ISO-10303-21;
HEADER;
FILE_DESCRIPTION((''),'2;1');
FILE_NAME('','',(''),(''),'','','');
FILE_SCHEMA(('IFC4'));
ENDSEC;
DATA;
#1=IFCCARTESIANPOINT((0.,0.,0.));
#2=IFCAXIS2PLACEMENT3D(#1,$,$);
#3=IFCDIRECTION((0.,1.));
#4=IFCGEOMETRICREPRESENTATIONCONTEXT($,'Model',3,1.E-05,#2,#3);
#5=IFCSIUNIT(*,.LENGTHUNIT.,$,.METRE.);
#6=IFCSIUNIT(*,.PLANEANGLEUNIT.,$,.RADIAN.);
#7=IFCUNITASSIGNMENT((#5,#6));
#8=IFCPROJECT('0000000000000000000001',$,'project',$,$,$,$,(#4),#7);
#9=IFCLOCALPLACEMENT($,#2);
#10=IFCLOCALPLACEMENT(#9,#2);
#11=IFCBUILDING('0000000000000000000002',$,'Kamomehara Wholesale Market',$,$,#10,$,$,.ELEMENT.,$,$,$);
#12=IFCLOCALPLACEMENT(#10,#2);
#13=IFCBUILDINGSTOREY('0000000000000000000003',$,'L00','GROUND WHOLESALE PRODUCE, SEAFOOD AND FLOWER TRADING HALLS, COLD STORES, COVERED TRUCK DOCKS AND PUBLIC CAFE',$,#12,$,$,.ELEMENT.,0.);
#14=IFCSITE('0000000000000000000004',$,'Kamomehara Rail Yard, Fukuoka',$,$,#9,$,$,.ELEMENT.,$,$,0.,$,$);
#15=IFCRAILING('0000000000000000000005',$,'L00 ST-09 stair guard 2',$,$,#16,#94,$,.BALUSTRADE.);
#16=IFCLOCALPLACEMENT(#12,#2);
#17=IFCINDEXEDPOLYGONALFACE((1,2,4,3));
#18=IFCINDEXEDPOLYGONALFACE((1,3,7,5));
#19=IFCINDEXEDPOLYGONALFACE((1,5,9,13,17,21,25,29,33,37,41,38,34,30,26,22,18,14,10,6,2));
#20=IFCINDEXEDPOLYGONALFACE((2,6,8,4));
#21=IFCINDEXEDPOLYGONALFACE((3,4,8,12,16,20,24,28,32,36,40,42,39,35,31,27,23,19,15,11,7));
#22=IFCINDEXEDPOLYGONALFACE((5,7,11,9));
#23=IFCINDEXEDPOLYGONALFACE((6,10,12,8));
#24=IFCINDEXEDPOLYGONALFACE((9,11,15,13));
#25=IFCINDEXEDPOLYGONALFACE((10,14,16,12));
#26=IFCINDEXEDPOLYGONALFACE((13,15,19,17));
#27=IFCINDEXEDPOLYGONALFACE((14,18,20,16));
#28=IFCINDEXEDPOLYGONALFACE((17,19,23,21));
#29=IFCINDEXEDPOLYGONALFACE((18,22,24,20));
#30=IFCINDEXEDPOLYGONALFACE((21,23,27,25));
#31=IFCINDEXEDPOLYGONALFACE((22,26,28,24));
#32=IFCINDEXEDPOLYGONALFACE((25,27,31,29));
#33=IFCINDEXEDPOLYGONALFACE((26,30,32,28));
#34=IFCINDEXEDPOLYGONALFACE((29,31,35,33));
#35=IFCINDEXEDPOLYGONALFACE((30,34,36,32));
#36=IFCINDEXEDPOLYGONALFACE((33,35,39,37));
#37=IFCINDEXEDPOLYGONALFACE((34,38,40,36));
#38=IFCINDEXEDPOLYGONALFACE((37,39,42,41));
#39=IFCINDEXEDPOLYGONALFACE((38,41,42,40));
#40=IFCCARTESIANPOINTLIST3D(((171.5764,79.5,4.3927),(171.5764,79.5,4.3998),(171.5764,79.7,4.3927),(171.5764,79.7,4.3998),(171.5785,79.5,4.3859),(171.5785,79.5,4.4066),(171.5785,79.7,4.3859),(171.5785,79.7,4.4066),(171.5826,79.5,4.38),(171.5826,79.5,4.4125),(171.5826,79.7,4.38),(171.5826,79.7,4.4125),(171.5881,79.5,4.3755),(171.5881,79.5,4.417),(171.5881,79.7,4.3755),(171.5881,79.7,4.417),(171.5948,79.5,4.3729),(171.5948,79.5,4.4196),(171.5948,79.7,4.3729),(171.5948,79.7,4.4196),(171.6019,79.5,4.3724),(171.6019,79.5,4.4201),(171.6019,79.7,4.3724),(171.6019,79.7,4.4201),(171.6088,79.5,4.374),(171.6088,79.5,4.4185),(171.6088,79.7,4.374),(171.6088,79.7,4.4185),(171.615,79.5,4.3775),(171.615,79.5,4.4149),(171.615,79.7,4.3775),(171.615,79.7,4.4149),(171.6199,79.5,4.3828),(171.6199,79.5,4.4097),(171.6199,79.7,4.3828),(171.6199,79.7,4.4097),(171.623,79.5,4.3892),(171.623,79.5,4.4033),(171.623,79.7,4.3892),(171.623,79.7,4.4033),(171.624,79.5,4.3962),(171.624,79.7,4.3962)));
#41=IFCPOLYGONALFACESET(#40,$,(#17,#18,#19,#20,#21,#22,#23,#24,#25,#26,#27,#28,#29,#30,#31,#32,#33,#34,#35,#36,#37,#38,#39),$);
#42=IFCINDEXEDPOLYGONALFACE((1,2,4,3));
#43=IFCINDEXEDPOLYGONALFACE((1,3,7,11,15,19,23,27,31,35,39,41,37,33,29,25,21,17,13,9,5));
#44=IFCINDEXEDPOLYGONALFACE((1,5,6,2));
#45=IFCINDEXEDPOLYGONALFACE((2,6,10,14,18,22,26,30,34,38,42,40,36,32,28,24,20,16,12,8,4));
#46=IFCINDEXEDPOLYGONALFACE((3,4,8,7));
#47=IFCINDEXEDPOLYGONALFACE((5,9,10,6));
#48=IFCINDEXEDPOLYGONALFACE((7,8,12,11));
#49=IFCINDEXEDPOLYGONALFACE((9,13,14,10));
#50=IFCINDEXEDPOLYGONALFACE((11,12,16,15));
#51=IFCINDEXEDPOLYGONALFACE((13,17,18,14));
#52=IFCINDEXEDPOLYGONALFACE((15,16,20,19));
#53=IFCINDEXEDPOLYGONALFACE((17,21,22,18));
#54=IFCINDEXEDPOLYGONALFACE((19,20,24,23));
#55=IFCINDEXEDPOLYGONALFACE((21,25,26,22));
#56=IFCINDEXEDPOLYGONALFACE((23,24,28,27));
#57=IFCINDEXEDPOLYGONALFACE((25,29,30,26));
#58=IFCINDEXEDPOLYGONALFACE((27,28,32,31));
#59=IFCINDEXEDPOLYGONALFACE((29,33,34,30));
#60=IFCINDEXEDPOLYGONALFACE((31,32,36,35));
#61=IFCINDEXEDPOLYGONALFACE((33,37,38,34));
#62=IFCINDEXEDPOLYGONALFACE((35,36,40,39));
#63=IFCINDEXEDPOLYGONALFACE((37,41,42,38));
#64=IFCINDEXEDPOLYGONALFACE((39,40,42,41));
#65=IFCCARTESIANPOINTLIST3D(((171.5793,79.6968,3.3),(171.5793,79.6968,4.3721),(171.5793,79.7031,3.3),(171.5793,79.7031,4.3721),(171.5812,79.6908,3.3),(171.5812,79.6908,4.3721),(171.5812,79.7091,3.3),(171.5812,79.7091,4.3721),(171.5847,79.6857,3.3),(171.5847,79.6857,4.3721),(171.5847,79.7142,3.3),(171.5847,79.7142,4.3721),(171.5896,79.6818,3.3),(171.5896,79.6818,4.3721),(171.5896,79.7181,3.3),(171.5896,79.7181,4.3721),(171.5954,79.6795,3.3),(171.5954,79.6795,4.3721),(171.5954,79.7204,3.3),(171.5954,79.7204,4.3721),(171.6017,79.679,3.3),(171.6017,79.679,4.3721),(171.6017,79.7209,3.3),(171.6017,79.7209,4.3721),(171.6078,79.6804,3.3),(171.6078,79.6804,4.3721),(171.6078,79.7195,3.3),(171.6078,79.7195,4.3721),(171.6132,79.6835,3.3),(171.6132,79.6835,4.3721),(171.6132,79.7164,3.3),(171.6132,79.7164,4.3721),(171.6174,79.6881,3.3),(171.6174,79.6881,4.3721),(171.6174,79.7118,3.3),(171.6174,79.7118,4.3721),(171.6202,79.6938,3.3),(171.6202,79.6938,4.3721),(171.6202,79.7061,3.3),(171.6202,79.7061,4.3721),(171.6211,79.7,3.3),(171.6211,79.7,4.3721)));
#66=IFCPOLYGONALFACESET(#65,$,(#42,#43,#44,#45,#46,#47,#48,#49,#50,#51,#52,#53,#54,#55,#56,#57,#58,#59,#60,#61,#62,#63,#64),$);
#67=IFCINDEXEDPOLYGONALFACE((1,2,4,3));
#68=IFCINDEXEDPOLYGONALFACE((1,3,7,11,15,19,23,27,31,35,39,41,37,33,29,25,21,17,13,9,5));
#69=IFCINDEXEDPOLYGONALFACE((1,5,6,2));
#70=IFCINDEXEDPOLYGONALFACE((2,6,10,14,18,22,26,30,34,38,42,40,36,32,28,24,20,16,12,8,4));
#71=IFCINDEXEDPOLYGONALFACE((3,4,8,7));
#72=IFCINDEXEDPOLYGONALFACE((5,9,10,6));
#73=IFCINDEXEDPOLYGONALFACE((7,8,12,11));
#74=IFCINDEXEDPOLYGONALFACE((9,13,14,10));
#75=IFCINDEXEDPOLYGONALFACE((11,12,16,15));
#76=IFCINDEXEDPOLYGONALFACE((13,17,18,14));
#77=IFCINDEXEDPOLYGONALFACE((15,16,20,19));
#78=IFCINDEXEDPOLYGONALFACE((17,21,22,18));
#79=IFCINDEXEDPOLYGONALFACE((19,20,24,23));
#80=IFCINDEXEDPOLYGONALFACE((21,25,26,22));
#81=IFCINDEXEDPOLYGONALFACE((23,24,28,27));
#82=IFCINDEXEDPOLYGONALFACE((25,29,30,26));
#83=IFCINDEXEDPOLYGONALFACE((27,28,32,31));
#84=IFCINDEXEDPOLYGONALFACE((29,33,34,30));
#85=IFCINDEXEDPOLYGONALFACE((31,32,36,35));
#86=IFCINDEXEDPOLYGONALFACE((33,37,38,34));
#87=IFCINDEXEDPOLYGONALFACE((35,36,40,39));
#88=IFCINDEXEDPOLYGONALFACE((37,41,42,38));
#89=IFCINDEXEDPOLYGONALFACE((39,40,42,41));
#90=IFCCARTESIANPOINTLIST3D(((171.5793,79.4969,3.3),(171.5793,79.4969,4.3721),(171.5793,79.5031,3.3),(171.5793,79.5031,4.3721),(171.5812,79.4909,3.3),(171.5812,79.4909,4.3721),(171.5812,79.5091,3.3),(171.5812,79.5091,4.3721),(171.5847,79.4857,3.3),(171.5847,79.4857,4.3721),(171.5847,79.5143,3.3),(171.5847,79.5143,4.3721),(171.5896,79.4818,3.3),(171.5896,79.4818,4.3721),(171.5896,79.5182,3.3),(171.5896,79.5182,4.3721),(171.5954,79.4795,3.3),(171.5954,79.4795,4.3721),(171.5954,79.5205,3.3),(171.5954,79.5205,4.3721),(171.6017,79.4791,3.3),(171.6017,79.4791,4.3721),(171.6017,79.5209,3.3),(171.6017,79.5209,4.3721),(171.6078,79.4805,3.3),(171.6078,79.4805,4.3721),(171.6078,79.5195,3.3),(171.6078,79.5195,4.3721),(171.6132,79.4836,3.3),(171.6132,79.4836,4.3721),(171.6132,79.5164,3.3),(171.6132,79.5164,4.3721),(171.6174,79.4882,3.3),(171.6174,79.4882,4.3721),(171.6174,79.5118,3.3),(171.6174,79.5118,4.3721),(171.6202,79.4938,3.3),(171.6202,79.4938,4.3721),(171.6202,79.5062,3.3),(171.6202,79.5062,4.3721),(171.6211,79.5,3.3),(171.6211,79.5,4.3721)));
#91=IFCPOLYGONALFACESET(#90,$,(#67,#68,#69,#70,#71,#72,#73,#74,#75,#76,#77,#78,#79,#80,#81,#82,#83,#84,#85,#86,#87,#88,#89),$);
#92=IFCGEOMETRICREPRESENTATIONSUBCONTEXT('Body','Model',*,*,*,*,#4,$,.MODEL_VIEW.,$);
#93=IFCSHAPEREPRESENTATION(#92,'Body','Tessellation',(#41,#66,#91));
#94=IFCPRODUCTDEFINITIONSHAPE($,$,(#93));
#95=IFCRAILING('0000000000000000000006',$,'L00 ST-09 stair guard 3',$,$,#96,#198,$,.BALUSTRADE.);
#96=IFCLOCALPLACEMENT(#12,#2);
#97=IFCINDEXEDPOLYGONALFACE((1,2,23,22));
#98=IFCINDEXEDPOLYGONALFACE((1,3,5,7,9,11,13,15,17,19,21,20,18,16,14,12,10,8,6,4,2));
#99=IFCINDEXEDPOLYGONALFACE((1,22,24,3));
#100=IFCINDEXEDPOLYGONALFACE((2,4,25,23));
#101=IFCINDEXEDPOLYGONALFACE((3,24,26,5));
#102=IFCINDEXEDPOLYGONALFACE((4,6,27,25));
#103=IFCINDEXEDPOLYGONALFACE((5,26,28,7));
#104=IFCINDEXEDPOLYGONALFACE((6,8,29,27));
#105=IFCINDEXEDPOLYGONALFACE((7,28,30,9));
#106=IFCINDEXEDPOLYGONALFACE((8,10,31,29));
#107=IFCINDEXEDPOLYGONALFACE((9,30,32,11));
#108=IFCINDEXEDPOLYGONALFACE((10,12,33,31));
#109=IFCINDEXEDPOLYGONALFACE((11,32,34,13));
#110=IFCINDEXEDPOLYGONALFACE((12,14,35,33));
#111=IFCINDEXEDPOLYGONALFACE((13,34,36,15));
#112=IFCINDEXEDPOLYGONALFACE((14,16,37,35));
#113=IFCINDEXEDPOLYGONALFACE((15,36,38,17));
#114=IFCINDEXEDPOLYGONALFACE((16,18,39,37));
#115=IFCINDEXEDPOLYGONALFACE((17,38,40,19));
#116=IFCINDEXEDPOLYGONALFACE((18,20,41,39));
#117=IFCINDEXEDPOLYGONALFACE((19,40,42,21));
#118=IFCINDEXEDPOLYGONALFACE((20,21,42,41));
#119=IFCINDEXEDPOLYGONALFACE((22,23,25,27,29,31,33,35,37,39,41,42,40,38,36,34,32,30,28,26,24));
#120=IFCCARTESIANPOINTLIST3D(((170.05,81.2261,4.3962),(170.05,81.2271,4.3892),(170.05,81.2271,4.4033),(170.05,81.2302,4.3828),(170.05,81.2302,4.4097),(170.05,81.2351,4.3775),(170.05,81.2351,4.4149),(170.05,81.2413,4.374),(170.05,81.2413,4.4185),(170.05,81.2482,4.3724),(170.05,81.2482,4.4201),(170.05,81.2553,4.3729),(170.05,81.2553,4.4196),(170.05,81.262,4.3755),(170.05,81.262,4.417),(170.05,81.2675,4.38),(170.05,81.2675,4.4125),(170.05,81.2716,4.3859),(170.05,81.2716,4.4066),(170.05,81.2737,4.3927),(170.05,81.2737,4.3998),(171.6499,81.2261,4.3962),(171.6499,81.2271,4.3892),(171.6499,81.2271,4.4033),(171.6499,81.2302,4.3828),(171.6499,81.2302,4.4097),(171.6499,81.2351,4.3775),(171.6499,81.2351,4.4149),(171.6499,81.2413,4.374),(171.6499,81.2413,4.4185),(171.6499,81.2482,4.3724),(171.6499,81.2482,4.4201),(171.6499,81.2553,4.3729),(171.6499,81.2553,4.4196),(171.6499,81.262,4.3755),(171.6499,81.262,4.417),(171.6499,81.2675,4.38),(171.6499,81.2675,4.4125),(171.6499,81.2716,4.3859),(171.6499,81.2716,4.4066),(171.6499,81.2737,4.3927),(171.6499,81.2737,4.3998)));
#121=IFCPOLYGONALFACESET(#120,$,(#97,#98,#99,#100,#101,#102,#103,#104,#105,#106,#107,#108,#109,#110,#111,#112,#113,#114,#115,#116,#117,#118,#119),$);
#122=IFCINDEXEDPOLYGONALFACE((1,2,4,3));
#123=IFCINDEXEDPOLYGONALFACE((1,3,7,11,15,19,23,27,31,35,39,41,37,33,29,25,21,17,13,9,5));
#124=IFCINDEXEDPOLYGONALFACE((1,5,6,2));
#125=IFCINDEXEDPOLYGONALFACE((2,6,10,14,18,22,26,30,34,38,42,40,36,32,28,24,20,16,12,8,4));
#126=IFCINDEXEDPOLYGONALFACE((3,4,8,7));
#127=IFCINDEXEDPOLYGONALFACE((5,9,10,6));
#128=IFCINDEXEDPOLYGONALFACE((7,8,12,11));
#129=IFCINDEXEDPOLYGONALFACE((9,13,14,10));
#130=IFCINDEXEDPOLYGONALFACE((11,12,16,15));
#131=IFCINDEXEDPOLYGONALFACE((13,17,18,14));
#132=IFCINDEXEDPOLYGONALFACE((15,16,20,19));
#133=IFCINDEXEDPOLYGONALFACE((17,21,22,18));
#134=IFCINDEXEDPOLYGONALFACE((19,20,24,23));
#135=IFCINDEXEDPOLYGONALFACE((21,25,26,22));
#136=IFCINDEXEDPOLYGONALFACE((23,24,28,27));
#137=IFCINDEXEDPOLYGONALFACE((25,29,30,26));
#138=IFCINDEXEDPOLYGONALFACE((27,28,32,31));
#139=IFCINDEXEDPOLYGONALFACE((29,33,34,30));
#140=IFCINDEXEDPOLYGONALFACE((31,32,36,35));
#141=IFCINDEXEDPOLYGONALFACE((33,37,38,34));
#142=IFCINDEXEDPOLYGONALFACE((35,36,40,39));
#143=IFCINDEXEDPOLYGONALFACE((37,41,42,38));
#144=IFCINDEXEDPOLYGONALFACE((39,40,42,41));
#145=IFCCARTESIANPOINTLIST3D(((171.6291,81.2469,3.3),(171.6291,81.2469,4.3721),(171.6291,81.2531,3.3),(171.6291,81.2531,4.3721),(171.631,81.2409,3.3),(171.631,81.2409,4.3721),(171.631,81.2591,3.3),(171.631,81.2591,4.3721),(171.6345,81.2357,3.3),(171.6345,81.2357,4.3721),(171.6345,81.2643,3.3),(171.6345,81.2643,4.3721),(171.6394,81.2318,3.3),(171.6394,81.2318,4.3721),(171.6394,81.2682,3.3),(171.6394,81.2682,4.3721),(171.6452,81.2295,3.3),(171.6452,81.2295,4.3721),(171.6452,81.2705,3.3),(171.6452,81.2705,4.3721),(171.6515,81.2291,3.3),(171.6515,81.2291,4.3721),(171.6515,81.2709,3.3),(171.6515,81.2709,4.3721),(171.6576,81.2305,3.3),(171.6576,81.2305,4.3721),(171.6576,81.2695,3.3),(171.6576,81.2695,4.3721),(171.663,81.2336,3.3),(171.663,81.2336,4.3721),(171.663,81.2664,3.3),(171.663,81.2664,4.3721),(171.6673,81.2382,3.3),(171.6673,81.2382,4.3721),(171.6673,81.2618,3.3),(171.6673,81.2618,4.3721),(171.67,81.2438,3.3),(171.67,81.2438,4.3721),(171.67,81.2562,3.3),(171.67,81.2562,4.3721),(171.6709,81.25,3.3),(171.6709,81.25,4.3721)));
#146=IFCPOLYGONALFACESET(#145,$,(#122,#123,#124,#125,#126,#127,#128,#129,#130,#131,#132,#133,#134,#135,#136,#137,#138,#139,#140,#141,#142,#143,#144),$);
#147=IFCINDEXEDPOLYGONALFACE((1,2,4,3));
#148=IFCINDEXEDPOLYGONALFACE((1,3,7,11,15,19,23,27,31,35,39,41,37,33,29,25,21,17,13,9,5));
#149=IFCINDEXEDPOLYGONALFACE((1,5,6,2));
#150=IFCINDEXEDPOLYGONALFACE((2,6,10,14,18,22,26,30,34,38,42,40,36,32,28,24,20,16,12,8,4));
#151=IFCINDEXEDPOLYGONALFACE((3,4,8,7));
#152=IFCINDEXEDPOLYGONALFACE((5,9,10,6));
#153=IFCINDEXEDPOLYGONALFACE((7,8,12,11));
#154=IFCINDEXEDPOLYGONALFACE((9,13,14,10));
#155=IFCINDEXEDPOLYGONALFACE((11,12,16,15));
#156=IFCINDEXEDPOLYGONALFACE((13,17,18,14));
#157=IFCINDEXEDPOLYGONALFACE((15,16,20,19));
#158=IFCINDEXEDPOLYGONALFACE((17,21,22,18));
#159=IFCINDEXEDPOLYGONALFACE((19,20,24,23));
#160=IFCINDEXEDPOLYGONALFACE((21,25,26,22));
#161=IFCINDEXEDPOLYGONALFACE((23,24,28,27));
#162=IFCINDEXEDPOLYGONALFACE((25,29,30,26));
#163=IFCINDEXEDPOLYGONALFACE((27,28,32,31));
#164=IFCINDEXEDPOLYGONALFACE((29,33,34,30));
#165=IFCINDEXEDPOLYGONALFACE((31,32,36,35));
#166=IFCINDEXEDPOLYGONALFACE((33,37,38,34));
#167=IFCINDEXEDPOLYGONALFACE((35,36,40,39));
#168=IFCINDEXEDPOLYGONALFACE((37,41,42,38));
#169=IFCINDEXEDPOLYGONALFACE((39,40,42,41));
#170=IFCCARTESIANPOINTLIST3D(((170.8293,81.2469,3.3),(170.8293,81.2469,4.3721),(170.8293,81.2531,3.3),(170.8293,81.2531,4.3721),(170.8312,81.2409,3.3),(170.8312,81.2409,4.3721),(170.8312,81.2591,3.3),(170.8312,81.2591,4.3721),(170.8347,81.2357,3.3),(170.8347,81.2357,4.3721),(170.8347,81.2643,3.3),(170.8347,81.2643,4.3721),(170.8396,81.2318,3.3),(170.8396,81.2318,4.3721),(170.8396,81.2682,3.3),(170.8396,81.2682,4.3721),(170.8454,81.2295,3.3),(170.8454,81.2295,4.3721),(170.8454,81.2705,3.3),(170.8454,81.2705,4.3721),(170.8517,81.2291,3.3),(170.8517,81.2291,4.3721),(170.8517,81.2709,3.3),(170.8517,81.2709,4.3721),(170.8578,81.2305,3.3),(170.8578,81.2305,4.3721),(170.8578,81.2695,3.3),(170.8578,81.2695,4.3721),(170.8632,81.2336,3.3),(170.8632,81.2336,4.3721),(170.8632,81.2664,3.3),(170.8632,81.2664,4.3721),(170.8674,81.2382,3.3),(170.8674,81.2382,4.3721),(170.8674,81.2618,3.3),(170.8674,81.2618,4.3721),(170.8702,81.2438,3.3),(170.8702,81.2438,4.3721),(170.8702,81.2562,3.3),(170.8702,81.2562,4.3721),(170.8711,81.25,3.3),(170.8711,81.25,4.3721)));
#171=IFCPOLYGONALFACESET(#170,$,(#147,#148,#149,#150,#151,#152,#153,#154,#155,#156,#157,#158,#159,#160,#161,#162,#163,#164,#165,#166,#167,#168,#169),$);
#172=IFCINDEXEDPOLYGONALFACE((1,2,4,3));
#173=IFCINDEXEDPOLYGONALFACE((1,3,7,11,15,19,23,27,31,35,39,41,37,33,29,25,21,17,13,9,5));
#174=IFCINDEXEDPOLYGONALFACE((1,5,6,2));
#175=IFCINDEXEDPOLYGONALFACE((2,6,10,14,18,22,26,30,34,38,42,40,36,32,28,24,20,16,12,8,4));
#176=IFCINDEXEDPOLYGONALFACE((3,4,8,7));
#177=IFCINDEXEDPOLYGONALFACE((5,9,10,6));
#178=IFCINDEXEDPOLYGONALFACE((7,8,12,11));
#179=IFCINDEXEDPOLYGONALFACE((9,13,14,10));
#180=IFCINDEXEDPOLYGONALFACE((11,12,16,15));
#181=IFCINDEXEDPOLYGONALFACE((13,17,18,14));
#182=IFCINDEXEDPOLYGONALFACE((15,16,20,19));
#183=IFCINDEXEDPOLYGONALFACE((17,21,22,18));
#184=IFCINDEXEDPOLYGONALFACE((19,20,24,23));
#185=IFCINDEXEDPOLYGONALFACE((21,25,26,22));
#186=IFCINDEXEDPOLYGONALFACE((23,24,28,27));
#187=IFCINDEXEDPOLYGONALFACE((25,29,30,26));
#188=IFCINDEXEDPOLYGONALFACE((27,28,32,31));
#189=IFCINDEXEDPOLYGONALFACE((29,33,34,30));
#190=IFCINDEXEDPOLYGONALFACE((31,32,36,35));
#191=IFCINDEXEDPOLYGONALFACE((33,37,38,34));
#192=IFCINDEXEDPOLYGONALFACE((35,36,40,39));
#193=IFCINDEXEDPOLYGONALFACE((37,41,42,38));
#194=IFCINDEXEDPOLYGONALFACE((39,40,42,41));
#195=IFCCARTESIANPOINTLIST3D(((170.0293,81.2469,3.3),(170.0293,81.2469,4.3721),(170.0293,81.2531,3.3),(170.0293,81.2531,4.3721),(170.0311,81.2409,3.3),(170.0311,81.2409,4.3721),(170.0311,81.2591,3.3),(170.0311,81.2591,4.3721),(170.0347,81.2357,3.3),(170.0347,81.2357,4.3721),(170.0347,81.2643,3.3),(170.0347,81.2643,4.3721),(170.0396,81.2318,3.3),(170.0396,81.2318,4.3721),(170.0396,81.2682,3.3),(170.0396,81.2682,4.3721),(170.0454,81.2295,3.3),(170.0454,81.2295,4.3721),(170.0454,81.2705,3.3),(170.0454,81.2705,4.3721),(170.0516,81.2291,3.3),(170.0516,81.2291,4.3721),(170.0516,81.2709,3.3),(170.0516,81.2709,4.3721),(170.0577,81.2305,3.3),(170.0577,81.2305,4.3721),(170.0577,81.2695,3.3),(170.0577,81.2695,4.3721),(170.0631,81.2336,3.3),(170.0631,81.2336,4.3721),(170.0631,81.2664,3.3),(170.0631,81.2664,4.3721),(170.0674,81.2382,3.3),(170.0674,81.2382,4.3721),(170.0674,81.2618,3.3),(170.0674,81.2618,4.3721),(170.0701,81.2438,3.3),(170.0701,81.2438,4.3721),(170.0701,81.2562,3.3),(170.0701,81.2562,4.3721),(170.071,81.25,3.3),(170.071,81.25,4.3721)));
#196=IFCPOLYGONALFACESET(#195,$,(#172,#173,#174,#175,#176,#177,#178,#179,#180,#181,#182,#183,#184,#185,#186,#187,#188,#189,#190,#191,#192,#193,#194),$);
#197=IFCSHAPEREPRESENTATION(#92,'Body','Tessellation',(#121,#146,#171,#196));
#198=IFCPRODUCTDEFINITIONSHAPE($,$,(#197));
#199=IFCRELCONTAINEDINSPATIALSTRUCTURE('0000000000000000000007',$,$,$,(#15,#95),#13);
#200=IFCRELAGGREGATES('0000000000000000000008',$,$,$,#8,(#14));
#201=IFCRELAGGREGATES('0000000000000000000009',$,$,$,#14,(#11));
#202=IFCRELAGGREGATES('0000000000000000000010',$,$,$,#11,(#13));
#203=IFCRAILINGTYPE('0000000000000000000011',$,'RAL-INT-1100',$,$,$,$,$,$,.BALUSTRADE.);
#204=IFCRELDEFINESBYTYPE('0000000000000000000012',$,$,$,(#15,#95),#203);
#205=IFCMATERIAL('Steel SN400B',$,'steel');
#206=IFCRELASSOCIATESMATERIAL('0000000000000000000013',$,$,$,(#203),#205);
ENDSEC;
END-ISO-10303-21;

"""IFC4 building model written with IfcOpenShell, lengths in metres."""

from ifc_helpers import new_model, si_unit, direction, frame, origin, origin_2d, place, context, subcontext, project, spatial, circle, extrude, material, type_object, element, save


model = new_model("IFC4")

# Units and contexts
model_context = context("Model", 3, precision=1e-05, world=origin(), true_north=direction((0.0, 1.0)))
body_context = subcontext(model_context, "Body", "Model", "MODEL_VIEW")
ifc_project = project(units=[si_unit("LENGTHUNIT", "METRE"), si_unit("PLANEANGLEUNIT", "RADIAN")], contexts=[model_context])

# Site, building, storey
site_placement = place(None, origin())
site = spatial("IfcSite", under=ifc_project, at=site_placement, Name="Kamomehara Rail Yard, Fukuoka", CompositionType="ELEMENT", RefElevation=0.0)
building_placement = place(site_placement, origin())
building = spatial("IfcBuilding", under=site, at=building_placement, Name="Kamomehara Wholesale Market", CompositionType="ELEMENT")
storey_placement = place(building_placement, origin())
storey = spatial("IfcBuildingStorey", under=building, at=storey_placement, Name="L00", Description="GROUND WHOLESALE PRODUCE, SEAFOOD AND FLOWER TRADING HALLS, COLD STORES, COVERED TRUCK DOCKS AND PUBLIC CAFE", CompositionType="ELEMENT", Elevation=0.0)

# Railings
ifc_material_1 = material(Name="Steel SN400B", Category="steel")
railing_type_1 = type_object("IfcRailingType", Name="RAL-INT-1100", PredefinedType="BALUSTRADE", material=ifc_material_1)
railing_1_placement = place(storey_placement, frame((171.6001, 79.7, 3.3)))
element("IfcRailing", 1, at=railing_1_placement, inside=storey, type_object=railing_type_1, Name="L00 ST-09 stair guard 2", PredefinedType="BALUSTRADE", context=body_context, shape_type="SweptSolid", body=[
    extrude(circle(Radius=0.0239, at=origin_2d()), frame((0.0, 0.0, 1.0962), z_axis=(0.0, -1.0, 0.0), x_axis=(1.0, 0.0, 0.0)), (0.0, 0.0, 1.0), 0.2),
    extrude(circle(Radius=0.021, at=origin_2d()), origin(), (0.0, 0.0, 1.0), 1.072),
    extrude(circle(Radius=0.021, at=origin_2d()), frame((0.0, -0.2, 0.0)), (0.0, 0.0, 1.0), 1.072),
])
for number, where, name in (
    (2, (171.6499, 81.25, 3.3), "L00 ST-09 stair guard 3"),
):
    element("IfcRailing", number, at=place(storey_placement, frame(where)), inside=storey, type_object=railing_type_1, Name=name, PredefinedType="BALUSTRADE", context=body_context, shape_type="SweptSolid", body=[
        extrude(circle(Radius=0.0239, at=origin_2d()), frame((0.0, 0.0, 1.0962), z_axis=(-1.0, 0.0, 0.0), x_axis=(0.0, -1.0, 0.0)), (0.0, 0.0, 1.0), 1.5999),
        extrude(circle(Radius=0.021, at=origin_2d()), origin(), (0.0, 0.0, 1.0), 1.072),
        extrude(circle(Radius=0.021, at=origin_2d()), frame((-0.7998, 0.0, 0.0)), (0.0, 0.0, 1.0), 1.072),
        extrude(circle(Radius=0.021, at=origin_2d()), frame((-1.5999, 0.0, 0.0)), (0.0, 0.0, 1.0), 1.072),
    ])

save(model, "model.ifc")
